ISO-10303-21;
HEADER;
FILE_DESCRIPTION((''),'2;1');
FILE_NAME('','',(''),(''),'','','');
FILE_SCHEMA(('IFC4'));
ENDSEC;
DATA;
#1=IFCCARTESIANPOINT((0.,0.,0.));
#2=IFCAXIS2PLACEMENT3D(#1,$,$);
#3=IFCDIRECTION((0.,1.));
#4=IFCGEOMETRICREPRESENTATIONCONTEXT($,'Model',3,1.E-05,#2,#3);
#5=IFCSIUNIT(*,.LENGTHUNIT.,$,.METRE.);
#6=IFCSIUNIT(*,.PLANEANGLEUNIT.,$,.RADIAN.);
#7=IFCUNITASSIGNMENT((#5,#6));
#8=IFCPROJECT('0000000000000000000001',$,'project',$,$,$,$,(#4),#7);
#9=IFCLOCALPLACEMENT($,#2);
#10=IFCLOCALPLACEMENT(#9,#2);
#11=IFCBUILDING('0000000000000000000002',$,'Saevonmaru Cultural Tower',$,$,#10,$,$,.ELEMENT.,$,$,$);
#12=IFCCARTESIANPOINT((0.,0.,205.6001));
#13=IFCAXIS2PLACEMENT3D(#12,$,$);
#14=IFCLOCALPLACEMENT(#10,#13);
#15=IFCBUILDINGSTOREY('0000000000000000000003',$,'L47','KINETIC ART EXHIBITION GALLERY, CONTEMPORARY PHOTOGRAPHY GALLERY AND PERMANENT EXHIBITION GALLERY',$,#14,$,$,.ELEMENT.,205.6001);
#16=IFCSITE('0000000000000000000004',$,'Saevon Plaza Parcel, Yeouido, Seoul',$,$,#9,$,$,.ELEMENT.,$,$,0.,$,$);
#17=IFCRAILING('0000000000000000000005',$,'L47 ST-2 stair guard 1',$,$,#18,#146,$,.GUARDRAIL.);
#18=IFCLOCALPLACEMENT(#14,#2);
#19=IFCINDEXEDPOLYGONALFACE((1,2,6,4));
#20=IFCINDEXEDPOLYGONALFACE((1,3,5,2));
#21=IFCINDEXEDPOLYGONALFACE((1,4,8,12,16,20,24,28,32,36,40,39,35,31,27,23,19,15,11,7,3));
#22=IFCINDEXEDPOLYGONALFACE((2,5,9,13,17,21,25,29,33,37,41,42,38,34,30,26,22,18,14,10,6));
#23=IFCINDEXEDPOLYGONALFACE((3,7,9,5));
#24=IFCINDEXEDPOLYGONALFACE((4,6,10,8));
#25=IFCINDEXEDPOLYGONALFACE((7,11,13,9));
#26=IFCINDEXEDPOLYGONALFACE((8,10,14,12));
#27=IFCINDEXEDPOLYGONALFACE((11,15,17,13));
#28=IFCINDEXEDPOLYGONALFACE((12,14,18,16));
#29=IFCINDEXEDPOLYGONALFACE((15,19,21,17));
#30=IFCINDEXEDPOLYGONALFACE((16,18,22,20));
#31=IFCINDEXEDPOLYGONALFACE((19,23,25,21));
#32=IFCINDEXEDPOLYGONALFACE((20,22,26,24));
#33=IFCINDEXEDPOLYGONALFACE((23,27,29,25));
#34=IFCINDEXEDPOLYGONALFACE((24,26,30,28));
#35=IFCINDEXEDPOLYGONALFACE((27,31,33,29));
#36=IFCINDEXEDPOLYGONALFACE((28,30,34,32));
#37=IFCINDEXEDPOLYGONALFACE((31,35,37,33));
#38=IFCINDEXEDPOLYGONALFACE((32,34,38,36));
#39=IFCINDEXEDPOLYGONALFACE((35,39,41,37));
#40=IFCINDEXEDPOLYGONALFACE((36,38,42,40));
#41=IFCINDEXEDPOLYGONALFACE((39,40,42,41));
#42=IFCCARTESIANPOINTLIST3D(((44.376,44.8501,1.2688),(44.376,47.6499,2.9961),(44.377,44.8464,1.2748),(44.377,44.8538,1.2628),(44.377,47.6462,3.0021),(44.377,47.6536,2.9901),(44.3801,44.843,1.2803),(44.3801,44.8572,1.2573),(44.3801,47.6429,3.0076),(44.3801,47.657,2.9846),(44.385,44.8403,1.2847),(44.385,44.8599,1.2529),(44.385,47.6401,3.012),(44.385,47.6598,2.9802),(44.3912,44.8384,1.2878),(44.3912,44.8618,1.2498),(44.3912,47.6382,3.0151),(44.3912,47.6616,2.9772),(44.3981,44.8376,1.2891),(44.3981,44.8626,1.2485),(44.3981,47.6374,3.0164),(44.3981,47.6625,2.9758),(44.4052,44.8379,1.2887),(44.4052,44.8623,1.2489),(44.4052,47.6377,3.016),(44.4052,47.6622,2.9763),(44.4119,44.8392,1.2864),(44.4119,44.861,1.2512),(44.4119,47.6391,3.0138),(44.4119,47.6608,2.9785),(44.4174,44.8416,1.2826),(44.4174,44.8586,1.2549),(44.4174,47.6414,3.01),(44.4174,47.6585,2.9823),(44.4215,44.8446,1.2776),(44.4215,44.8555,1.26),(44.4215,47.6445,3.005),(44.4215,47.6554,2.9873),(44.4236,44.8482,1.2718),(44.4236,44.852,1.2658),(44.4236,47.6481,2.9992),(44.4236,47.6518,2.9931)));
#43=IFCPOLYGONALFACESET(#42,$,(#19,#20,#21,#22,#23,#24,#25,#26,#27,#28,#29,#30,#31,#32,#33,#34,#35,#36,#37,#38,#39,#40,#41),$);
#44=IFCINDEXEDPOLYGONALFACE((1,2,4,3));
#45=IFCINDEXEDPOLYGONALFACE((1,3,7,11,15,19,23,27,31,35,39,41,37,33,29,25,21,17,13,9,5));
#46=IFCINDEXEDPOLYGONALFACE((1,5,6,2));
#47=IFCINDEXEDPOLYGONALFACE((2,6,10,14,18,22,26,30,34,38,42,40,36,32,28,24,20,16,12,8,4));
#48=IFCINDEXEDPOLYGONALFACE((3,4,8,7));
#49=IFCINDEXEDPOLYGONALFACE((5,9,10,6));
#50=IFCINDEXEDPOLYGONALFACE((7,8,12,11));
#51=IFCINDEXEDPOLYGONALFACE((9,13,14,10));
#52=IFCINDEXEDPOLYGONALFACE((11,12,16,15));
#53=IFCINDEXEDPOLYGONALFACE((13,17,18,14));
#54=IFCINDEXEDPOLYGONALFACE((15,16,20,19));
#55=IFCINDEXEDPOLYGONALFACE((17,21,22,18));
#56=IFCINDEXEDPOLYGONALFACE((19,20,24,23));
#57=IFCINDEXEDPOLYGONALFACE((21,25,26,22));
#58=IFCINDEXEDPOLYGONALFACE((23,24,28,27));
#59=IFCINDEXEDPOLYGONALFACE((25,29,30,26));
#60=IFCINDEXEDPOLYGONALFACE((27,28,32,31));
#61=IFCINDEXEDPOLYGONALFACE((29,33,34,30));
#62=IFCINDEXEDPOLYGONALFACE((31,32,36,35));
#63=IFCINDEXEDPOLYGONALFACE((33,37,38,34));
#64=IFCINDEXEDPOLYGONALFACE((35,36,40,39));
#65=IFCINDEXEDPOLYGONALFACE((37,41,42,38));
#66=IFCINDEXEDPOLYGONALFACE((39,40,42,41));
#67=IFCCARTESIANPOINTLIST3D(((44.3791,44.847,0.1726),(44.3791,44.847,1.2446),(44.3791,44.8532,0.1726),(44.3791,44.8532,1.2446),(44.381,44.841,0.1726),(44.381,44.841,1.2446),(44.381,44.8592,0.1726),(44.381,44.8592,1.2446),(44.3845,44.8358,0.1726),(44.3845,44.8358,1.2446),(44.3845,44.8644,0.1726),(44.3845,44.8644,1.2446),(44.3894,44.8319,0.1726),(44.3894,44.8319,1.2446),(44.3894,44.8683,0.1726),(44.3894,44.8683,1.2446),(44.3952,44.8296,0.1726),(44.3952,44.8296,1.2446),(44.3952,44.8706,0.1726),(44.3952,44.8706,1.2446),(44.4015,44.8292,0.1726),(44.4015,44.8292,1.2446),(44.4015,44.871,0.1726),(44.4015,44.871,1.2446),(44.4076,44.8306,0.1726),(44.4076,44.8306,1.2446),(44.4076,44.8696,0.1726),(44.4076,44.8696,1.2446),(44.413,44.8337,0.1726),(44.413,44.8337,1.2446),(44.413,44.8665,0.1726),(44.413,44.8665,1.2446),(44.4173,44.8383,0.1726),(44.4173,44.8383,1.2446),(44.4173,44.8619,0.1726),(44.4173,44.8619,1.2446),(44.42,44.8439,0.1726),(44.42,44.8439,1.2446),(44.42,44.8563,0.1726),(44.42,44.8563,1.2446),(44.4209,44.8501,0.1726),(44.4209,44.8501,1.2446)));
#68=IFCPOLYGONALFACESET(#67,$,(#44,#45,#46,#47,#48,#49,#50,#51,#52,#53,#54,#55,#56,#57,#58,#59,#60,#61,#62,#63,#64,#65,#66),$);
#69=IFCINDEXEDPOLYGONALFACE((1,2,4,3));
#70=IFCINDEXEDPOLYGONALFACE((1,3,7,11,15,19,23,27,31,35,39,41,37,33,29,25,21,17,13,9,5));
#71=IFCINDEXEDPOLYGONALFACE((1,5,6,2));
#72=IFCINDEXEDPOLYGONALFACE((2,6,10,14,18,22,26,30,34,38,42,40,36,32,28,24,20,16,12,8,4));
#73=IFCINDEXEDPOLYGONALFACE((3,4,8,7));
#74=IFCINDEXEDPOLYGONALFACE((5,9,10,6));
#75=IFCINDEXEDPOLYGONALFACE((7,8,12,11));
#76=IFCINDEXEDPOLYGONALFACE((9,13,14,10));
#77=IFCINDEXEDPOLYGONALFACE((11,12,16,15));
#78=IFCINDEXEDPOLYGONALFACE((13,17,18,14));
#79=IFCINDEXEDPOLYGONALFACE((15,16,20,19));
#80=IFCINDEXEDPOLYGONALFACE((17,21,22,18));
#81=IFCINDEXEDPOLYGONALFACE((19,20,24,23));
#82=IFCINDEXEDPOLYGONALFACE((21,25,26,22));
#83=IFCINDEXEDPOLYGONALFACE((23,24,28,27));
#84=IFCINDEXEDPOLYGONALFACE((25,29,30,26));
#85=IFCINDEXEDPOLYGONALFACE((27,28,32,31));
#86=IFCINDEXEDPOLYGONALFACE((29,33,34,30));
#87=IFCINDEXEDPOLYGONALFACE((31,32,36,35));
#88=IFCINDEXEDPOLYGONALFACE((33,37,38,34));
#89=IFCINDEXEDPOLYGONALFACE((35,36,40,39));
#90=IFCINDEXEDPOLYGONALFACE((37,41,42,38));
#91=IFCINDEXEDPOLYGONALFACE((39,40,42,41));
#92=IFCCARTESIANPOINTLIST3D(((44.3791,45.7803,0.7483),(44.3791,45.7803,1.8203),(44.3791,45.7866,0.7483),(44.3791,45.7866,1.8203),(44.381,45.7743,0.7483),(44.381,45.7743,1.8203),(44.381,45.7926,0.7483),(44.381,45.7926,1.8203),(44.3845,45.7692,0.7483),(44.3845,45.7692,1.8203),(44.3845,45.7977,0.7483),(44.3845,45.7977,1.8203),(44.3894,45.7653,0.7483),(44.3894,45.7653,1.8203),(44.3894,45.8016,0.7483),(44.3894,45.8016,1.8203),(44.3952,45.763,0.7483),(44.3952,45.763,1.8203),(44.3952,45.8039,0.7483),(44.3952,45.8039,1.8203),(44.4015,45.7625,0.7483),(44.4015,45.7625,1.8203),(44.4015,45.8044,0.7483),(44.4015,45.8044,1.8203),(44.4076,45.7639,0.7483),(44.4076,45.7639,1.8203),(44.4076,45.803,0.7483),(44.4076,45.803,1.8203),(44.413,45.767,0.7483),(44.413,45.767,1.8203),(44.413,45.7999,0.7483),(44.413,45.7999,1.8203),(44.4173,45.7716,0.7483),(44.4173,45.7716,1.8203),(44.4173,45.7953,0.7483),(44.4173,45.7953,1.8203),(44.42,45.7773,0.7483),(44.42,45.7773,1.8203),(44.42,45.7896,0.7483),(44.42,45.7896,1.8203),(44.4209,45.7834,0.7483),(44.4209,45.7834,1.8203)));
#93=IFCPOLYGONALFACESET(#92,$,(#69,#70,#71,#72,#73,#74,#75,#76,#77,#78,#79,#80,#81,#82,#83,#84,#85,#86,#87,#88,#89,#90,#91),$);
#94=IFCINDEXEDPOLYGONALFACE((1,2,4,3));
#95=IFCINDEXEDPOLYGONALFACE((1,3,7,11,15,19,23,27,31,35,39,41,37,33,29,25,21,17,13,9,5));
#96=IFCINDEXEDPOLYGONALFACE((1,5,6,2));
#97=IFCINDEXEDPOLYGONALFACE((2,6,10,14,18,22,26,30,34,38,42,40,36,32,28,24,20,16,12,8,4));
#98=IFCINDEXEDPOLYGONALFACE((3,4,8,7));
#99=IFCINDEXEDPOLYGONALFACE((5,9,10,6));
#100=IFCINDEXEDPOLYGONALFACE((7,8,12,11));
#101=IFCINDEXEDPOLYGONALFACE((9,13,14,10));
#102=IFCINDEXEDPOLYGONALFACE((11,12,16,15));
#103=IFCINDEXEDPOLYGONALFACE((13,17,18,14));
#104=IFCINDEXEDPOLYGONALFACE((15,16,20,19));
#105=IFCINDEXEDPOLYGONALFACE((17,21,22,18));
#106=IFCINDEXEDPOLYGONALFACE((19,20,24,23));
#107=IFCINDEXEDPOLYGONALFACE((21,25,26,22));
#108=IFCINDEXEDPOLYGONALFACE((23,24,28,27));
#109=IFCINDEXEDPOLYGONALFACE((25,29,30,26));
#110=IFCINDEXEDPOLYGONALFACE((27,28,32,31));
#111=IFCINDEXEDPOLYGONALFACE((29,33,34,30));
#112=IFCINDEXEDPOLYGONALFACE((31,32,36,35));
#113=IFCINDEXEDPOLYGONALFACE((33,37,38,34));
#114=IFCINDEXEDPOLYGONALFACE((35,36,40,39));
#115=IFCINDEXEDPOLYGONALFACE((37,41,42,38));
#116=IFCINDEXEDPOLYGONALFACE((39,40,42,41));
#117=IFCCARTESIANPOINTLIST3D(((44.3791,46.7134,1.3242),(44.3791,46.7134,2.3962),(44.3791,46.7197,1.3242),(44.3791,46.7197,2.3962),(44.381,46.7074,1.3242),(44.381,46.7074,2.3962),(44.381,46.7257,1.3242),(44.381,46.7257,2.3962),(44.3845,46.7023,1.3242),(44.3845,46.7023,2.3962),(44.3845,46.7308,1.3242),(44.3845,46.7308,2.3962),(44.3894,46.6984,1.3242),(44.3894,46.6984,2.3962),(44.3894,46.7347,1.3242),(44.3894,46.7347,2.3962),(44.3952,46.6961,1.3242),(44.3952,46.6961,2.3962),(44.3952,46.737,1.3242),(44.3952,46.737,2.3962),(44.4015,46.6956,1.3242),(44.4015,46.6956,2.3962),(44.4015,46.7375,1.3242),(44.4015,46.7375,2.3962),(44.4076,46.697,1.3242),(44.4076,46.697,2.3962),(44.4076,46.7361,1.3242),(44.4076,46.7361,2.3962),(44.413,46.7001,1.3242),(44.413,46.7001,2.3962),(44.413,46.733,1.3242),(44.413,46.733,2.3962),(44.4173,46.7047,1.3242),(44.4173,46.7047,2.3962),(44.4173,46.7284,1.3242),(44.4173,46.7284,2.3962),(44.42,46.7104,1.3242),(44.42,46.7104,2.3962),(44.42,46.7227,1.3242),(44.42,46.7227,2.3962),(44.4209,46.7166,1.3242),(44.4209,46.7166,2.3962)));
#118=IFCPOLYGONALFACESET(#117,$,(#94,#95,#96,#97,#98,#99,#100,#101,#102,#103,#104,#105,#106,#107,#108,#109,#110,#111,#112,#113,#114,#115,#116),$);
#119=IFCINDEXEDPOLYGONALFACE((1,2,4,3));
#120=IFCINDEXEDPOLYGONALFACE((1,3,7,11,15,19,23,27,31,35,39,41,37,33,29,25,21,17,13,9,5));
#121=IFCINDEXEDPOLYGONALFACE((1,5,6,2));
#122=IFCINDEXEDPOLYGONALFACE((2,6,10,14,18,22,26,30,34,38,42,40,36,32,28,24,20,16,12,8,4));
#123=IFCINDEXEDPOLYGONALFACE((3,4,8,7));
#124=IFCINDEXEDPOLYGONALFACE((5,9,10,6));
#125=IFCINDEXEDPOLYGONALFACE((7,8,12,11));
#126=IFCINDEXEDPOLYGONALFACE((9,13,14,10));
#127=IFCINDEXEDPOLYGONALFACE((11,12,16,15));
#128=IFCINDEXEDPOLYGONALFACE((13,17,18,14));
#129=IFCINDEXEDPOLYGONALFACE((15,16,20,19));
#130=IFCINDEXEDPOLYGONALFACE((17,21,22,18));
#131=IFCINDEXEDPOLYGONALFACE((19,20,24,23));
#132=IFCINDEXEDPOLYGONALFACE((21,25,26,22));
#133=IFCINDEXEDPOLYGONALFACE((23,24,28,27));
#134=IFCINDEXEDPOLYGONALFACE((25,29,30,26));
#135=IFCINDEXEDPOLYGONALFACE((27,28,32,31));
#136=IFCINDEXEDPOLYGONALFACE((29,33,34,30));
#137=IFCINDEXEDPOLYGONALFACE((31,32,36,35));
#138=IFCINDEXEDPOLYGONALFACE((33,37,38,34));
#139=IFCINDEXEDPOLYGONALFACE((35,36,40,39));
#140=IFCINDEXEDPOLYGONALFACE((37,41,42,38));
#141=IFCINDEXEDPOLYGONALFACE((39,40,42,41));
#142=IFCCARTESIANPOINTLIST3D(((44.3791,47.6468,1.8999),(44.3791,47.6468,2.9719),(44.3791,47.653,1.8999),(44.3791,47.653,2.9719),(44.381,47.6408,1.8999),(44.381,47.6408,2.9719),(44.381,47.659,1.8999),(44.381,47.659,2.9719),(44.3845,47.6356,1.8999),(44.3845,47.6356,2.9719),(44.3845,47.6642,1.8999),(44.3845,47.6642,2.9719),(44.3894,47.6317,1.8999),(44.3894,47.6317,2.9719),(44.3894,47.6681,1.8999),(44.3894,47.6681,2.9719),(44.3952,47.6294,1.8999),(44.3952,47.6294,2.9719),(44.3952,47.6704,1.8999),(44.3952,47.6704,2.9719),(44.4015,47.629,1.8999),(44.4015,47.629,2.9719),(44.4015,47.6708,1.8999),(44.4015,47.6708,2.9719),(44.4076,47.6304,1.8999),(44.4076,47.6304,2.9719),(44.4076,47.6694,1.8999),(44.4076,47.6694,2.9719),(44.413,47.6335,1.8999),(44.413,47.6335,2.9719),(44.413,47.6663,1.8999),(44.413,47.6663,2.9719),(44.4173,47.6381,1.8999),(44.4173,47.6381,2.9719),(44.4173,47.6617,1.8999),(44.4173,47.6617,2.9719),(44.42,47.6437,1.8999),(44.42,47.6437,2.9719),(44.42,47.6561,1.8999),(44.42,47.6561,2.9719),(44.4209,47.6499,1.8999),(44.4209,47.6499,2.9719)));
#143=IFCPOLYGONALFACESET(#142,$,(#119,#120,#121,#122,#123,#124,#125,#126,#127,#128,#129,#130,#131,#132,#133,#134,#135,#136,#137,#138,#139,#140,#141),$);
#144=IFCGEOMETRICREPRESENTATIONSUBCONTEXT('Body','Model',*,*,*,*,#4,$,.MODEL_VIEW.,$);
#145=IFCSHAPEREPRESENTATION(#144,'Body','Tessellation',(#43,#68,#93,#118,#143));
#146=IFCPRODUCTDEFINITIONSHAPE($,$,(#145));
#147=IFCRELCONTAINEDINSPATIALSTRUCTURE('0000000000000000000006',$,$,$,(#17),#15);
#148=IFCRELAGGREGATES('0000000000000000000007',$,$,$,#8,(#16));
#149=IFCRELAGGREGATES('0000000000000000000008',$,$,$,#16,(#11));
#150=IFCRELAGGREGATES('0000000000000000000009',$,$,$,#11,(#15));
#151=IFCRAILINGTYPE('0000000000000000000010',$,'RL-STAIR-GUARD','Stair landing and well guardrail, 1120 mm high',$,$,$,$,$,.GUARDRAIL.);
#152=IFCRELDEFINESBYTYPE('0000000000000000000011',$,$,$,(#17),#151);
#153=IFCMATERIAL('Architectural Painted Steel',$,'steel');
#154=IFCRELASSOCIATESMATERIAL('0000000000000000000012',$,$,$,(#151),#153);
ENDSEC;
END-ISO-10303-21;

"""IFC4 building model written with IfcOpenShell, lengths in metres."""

from ifc_helpers import new_model, si_unit, direction, frame, origin, origin_2d, place, context, subcontext, project, spatial, circle, extrude, material, type_object, element, save


model = new_model("IFC4")

# Units and contexts
model_context = context("Model", 3, precision=1e-05, world=origin(), true_north=direction((0.0, 1.0)))
body_context = subcontext(model_context, "Body", "Model", "MODEL_VIEW")
ifc_project = project(units=[si_unit("LENGTHUNIT", "METRE"), si_unit("PLANEANGLEUNIT", "RADIAN")], contexts=[model_context])

# Site, building, storey
site_placement = place(None, origin())
site = spatial("IfcSite", under=ifc_project, at=site_placement, Name="Saevon Plaza Parcel, Yeouido, Seoul", CompositionType="ELEMENT", RefElevation=0.0)
building_placement = place(site_placement, origin())
building = spatial("IfcBuilding", under=site, at=building_placement, Name="Saevonmaru Cultural Tower", CompositionType="ELEMENT")
storey_placement = place(building_placement, frame((0.0, 0.0, 205.6001)))
storey = spatial("IfcBuildingStorey", under=building, at=storey_placement, Name="L47", Description="KINETIC ART EXHIBITION GALLERY, CONTEMPORARY PHOTOGRAPHY GALLERY AND PERMANENT EXHIBITION GALLERY", CompositionType="ELEMENT", Elevation=205.6001)

# Railing
ifc_material_1 = material(Name="Architectural Painted Steel", Category="steel")
railing_type_1 = type_object("IfcRailingType", Name="RL-STAIR-GUARD", Description="Stair landing and well guardrail, 1120 mm high", PredefinedType="GUARDRAIL", material=ifc_material_1)
railing_1_placement = place(storey_placement, frame((44.3999, 44.8501, 0.1726)))
element("IfcRailing", 1, at=railing_1_placement, inside=storey, type_object=railing_type_1, Name="L47 ST-2 stair guard 1", PredefinedType="GUARDRAIL", context=body_context, shape_type="SweptSolid", body=[
    extrude(circle(Radius=0.0239, at=origin_2d()), frame((0.0, 0.0, 1.0962), z_axis=(0.0, 0.851069, 0.525054), x_axis=(-1.0, 0.0, 0.0)), (0.0, 0.0, 1.0), 3.2898),
    extrude(circle(Radius=0.021, at=origin_2d()), origin(), (0.0, 0.0, 1.0), 1.072),
    extrude(circle(Radius=0.021, at=origin_2d()), frame((0.0, 0.9333, 0.5757)), (0.0, 0.0, 1.0), 1.072),
    extrude(circle(Radius=0.021, at=origin_2d()), frame((0.0, 1.8665, 1.1516)), (0.0, 0.0, 1.0), 1.072),
    extrude(circle(Radius=0.021, at=origin_2d()), frame((0.0, 2.7998, 1.7273)), (0.0, 0.0, 1.0), 1.072),
])

save(model, "model.ifc")
